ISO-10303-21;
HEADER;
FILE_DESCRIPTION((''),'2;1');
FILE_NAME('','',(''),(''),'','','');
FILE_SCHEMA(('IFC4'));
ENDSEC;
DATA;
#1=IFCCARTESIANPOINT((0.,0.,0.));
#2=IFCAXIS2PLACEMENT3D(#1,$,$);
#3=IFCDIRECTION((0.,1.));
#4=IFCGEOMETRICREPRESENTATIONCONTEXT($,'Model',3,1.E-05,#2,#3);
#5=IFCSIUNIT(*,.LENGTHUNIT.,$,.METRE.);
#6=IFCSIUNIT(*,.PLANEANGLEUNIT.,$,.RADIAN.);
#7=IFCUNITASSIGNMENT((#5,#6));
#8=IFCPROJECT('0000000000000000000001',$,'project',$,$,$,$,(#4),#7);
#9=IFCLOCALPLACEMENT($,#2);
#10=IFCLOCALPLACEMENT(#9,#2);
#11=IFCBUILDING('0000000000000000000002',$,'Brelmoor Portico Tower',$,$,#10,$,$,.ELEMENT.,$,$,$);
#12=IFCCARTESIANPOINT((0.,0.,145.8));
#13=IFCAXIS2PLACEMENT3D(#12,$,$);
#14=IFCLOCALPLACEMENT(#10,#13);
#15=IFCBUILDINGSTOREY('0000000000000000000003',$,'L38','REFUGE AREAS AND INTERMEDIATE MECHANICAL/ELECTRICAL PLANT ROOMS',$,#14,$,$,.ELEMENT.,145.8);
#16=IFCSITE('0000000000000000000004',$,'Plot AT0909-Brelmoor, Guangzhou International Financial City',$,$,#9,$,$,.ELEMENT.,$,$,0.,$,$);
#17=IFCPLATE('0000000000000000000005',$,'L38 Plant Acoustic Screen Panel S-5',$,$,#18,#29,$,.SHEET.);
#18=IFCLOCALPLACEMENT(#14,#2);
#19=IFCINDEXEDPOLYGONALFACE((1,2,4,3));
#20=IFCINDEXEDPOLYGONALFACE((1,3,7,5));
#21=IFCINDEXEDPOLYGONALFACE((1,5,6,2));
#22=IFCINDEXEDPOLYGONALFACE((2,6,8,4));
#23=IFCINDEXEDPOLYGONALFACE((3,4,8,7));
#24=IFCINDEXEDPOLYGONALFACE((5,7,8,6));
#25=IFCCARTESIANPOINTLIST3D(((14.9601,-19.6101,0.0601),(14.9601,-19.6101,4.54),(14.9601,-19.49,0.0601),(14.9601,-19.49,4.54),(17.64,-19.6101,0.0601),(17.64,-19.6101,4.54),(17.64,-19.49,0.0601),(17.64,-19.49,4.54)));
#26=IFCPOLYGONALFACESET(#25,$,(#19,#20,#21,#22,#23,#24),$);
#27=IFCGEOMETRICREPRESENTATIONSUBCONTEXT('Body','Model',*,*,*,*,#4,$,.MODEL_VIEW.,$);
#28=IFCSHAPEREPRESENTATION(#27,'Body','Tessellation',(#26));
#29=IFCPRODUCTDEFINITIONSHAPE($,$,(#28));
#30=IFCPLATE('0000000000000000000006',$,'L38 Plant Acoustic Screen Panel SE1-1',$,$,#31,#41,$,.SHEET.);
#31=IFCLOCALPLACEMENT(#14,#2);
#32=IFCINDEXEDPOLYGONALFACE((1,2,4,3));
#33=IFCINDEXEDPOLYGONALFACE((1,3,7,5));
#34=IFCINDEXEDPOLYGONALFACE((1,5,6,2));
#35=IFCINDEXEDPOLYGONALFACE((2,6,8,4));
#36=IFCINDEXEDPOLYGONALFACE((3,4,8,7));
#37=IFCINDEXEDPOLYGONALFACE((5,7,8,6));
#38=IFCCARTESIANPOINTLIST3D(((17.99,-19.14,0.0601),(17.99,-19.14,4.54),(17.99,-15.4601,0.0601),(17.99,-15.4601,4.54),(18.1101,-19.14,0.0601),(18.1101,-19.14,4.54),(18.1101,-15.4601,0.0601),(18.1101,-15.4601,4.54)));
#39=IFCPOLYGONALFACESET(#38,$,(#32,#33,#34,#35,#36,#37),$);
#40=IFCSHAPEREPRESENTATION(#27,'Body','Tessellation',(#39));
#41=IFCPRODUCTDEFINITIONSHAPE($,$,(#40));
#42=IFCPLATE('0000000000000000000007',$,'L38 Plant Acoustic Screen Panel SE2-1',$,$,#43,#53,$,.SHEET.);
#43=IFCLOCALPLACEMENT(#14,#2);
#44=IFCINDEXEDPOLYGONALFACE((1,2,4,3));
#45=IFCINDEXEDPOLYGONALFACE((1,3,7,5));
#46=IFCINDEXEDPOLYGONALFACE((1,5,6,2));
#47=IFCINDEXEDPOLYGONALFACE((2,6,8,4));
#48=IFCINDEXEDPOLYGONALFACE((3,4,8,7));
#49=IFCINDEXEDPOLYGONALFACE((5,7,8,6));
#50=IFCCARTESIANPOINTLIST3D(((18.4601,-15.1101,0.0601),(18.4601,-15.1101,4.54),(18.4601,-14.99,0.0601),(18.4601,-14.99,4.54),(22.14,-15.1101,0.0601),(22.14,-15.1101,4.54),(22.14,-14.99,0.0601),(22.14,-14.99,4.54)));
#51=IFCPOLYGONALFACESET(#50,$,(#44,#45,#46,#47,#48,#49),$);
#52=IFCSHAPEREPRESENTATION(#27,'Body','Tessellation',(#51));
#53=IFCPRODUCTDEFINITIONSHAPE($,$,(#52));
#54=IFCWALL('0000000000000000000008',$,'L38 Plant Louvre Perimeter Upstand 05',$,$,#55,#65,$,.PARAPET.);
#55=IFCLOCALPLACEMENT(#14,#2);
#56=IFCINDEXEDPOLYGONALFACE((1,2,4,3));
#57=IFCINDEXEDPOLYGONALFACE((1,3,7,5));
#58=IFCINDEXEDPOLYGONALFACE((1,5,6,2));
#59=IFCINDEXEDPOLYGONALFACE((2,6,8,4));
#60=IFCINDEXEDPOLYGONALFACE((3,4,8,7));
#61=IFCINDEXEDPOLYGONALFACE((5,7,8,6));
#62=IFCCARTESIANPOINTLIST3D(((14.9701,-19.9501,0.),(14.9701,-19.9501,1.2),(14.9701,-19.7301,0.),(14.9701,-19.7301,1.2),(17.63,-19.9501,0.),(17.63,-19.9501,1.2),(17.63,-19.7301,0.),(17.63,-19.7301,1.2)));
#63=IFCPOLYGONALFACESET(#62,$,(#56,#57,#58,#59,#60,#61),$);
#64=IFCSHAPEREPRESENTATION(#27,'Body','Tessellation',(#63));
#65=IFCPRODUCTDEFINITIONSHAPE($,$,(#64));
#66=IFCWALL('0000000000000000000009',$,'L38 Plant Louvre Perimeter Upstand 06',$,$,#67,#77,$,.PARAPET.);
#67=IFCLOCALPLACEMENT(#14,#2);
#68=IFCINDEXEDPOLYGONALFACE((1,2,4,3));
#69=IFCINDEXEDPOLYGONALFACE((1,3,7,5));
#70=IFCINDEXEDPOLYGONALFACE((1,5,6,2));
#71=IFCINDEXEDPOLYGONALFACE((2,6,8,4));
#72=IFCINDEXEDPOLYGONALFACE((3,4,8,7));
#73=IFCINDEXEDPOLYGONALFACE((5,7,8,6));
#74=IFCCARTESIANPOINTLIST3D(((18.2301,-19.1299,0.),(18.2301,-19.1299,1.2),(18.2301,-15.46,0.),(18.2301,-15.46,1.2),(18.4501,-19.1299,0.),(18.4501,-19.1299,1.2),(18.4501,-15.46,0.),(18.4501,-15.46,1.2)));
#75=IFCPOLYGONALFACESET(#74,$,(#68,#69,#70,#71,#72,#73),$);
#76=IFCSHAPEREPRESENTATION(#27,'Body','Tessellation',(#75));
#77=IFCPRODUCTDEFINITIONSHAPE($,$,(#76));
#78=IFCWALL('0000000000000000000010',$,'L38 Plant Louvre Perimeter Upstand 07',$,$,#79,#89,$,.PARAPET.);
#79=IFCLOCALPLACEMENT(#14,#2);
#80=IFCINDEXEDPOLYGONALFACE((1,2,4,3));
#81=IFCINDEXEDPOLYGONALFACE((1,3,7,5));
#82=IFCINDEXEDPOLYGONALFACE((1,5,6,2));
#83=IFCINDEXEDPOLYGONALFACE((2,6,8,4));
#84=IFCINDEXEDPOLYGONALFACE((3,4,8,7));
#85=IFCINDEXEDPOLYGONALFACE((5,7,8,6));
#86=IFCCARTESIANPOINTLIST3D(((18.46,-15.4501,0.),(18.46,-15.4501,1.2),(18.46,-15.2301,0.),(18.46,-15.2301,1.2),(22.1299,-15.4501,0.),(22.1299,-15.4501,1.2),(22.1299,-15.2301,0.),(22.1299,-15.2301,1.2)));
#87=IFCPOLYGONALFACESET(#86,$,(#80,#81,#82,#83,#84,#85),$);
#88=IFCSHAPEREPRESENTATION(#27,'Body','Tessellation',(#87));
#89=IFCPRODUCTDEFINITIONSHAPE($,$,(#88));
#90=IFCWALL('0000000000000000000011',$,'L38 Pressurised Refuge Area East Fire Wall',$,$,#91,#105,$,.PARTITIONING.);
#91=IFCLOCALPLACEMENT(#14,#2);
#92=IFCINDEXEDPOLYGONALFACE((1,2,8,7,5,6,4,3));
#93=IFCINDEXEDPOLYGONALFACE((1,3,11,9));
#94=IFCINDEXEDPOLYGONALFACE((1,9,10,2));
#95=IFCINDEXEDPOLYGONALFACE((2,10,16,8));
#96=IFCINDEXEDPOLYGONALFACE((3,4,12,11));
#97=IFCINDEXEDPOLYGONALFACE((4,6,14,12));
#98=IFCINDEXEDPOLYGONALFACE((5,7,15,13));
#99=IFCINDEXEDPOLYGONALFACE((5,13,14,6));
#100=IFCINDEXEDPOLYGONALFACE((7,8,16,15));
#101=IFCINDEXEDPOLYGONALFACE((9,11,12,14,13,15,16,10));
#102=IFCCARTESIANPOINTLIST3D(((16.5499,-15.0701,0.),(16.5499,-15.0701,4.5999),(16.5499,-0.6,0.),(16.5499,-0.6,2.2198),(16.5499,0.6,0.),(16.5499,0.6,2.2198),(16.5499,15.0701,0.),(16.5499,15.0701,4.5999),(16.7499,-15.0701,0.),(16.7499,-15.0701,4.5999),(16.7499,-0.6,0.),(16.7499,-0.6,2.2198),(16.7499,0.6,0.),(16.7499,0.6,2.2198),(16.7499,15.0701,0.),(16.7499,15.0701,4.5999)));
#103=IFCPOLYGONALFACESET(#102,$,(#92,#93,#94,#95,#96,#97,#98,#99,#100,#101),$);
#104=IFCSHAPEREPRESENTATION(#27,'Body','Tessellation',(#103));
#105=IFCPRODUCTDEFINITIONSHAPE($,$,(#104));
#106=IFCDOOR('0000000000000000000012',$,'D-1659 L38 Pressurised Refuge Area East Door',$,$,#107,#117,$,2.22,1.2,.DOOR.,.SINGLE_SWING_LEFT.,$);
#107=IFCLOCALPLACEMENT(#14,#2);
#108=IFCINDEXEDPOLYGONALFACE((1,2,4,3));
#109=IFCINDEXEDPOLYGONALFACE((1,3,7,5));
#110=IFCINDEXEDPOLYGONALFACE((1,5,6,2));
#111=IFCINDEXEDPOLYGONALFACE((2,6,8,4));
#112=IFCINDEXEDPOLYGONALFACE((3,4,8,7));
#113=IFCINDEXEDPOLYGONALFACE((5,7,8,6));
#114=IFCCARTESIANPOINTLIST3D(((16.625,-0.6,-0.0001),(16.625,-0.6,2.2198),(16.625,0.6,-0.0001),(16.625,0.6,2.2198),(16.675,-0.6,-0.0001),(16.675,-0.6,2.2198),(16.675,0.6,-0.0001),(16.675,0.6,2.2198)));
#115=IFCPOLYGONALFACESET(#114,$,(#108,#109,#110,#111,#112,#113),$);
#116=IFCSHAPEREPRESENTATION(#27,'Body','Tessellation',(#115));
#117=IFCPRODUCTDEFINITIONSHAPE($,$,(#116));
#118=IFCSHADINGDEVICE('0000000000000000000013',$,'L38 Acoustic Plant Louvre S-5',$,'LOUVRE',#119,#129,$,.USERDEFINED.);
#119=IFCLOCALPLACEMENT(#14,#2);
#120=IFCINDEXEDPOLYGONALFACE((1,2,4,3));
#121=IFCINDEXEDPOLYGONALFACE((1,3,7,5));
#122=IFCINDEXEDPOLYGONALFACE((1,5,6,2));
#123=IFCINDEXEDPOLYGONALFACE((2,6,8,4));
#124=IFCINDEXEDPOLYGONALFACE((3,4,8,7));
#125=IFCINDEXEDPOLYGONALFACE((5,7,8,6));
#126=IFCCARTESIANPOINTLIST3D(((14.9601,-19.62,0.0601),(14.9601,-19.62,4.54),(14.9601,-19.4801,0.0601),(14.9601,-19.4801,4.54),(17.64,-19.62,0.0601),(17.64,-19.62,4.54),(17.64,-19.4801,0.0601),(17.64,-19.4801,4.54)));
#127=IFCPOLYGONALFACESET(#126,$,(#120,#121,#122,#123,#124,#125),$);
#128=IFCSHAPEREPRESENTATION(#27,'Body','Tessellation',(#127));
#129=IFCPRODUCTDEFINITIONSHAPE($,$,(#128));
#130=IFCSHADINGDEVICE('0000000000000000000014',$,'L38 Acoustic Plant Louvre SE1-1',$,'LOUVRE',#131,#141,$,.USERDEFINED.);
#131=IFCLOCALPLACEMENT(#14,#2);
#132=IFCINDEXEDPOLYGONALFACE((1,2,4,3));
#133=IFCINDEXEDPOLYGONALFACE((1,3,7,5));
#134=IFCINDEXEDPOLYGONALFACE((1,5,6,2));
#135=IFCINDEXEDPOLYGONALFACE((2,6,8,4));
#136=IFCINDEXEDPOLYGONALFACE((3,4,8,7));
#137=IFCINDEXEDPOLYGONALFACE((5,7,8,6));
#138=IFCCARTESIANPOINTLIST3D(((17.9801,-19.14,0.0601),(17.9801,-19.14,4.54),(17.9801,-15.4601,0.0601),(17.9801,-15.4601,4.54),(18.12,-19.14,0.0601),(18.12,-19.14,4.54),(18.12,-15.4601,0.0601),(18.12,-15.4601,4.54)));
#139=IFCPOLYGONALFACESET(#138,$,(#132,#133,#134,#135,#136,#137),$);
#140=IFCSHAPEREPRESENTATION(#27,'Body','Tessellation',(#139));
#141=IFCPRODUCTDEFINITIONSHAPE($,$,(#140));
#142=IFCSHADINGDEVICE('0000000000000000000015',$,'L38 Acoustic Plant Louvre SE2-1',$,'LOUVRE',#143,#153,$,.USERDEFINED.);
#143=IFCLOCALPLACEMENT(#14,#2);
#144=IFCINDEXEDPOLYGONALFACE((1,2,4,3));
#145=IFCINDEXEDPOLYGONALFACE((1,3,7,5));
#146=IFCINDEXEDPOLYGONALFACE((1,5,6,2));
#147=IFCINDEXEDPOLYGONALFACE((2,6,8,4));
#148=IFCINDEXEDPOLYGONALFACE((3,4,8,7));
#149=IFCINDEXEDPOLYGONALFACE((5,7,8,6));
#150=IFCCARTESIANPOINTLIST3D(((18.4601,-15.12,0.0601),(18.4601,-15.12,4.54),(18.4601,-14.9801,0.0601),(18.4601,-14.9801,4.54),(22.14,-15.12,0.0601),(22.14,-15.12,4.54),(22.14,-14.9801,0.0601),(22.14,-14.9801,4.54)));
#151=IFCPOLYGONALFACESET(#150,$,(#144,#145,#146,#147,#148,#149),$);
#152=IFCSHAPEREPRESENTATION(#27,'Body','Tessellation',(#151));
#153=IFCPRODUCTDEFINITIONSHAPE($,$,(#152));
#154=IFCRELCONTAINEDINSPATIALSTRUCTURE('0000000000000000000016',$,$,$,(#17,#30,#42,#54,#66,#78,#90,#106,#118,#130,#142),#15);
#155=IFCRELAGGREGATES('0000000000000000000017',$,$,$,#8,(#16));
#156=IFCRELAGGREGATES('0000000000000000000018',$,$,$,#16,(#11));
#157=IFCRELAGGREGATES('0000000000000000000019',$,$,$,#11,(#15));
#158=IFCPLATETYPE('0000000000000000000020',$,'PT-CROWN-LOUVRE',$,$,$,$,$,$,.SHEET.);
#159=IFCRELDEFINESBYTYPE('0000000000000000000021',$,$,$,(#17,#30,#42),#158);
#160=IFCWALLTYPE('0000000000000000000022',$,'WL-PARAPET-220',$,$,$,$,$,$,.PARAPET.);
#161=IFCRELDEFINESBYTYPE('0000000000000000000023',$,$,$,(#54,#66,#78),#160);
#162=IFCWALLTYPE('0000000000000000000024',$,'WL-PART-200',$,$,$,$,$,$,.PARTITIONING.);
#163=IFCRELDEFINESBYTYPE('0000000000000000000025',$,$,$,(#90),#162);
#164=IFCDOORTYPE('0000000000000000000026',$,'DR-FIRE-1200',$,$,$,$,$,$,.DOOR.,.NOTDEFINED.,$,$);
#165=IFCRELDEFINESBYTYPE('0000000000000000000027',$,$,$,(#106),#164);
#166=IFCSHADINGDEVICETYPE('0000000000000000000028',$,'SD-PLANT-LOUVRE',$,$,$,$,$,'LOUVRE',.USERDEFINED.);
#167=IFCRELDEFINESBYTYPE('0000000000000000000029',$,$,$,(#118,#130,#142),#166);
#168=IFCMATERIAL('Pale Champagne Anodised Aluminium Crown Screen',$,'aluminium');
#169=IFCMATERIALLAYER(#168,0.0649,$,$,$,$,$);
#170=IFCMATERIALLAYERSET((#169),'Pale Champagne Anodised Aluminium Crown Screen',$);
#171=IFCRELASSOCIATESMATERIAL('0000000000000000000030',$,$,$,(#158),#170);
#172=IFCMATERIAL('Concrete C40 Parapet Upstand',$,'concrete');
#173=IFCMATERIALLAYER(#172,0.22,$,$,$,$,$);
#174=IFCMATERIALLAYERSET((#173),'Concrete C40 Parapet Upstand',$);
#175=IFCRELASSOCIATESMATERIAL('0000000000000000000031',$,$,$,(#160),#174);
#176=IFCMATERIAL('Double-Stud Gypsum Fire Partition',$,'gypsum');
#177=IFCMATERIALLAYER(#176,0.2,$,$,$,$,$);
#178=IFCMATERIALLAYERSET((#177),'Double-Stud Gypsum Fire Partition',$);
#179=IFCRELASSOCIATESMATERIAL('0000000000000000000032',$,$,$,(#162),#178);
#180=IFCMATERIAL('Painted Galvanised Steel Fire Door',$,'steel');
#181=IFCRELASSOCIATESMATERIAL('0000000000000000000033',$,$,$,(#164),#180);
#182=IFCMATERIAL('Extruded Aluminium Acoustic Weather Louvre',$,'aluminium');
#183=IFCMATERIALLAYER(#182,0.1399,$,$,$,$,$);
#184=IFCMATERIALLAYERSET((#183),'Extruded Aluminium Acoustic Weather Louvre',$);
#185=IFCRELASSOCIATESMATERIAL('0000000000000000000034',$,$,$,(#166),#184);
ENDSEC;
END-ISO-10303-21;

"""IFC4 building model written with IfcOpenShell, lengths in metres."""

from ifc_helpers import new_model, si_unit, direction, frame, frame_2d, origin, origin_2d, place, context, subcontext, project, spatial, rectangle, extrude, material, layer, layer_set, type_object, element, fill, save


model = new_model("IFC4")

# Units and contexts
model_context = context("Model", 3, precision=1e-05, world=origin(), true_north=direction((0.0, 1.0)))
body_context = subcontext(model_context, "Body", "Model", "MODEL_VIEW")
ifc_project = project(units=[si_unit("LENGTHUNIT", "METRE"), si_unit("PLANEANGLEUNIT", "RADIAN")], contexts=[model_context])

# Site, building, storey
site_placement = place(None, origin())
site = spatial("IfcSite", under=ifc_project, at=site_placement, Name="Plot AT0909-Brelmoor, Guangzhou International Financial City", CompositionType="ELEMENT", RefElevation=0.0)
building_placement = place(site_placement, origin())
building = spatial("IfcBuilding", under=site, at=building_placement, Name="Brelmoor Portico Tower", CompositionType="ELEMENT")
storey_placement = place(building_placement, frame((0.0, 0.0, 145.8)))
storey = spatial("IfcBuildingStorey", under=building, at=storey_placement, Name="L38", Description="REFUGE AREAS AND INTERMEDIATE MECHANICAL/ELECTRICAL PLANT ROOMS", CompositionType="ELEMENT", Elevation=145.8)

# Plates
ifc_material_1 = material(Name="Pale Champagne Anodised Aluminium Crown Screen", Category="aluminium")
ifc_layer_1 = layer(ifc_material_1, 0.0649)
ifc_layer_set_1 = layer_set([ifc_layer_1], Name="Pale Champagne Anodised Aluminium Crown Screen")
plate_type_1 = type_object("IfcPlateType", Name="PT-CROWN-LOUVRE", PredefinedType="SHEET", material=ifc_layer_set_1)
plate_placement = place(storey_placement, frame((16.3, -19.55, 0.0601), z_axis=(0.0, 0.0, 1.0), x_axis=(1.0, 0.0, 0.0)))
element("IfcPlate", 1, at=plate_placement, inside=storey, type_object=plate_type_1, Name="L38 Plant Acoustic Screen Panel S-5", PredefinedType="SHEET", context=body_context, shape_type="SweptSolid", body=[
    extrude(rectangle(XDim=2.6799, YDim=0.1201, at=origin_2d()), origin(), (0.0, 0.0, 1.0), 4.48),
])
for number, where, z_axis, x_axis, name in (
    (2, (18.05, -17.3, 0.0601), (0.0, 0.0, 1.0), (0.0, 1.0, 0.0), "L38 Plant Acoustic Screen Panel SE1-1"),
    (3, (20.3, -15.05, 0.0601), (0.0, 0.0, 1.0), (1.0, 0.0, 0.0), "L38 Plant Acoustic Screen Panel SE2-1"),
):
    element("IfcPlate", number, at=place(storey_placement, frame(where, z_axis=z_axis, x_axis=x_axis)), inside=storey, type_object=plate_type_1, Name=name, PredefinedType="SHEET", context=body_context, shape_type="SweptSolid", body=[
        extrude(rectangle(XDim=3.6799, YDim=0.1201, at=origin_2d()), origin(), (0.0, 0.0, 1.0), 4.48),
    ])

# Walls
ifc_material_2 = material(Name="Concrete C40 Parapet Upstand", Category="concrete")
ifc_layer_2 = layer(ifc_material_2, 0.22)
ifc_layer_set_2 = layer_set([ifc_layer_2], Name="Concrete C40 Parapet Upstand")
wall_type_1 = type_object("IfcWallType", Name="WL-PARAPET-220", PredefinedType="PARAPET", material=ifc_layer_set_2)
wall_1_placement = place(storey_placement, frame((14.97, -19.8401, 0.0), z_axis=(0.0, 0.0, 1.0), x_axis=(1.0, 0.0, 0.0)))
element("IfcWall", 4, at=wall_1_placement, inside=storey, type_object=wall_type_1, Name="L38 Plant Louvre Perimeter Upstand 05", PredefinedType="PARAPET", context=body_context, shape_type="SweptSolid", body=[
    extrude(rectangle(XDim=2.6599, YDim=0.22, at=frame_2d((1.3301, 0.0))), origin(), (0.0, 0.0, 1.0), 1.2),
])
for number, where, z_axis, x_axis, name in (
    (5, (18.3401, -19.1299, 0.0), (0.0, 0.0, 1.0), (0.0, 1.0, 0.0), "L38 Plant Louvre Perimeter Upstand 06"),
    (6, (18.46, -15.3401, 0.0), (0.0, 0.0, 1.0), (1.0, 0.0, 0.0), "L38 Plant Louvre Perimeter Upstand 07"),
):
    element("IfcWall", number, at=place(storey_placement, frame(where, z_axis=z_axis, x_axis=x_axis)), inside=storey, type_object=wall_type_1, Name=name, PredefinedType="PARAPET", context=body_context, shape_type="SweptSolid", body=[
        extrude(rectangle(XDim=3.6699, YDim=0.22, at=frame_2d((1.835, 0.0))), origin(), (0.0, 0.0, 1.0), 1.2),
    ])

# Wall, opening, door
ifc_material_3 = material(Name="Double-Stud Gypsum Fire Partition", Category="gypsum")
ifc_layer_3 = layer(ifc_material_3, 0.2)
ifc_layer_set_3 = layer_set([ifc_layer_3], Name="Double-Stud Gypsum Fire Partition")
wall_type_2 = type_object("IfcWallType", Name="WL-PART-200", PredefinedType="PARTITIONING", material=ifc_layer_set_3)
wall_2_placement = place(storey_placement, frame((16.6499, -15.0701, 0.0), z_axis=(0.0, 0.0, 1.0), x_axis=(0.0, 1.0, 0.0)))
wall_2 = element("IfcWall", 7, at=wall_2_placement, inside=storey, type_object=wall_type_2, Name="L38 Pressurised Refuge Area East Fire Wall", PredefinedType="PARTITIONING", context=body_context, shape_type="SweptSolid", body=[
    extrude(rectangle(XDim=30.1401, YDim=0.2, at=frame_2d((15.0701, 0.0))), origin(), (0.0, 0.0, 1.0), 4.5999),
])
opening_placement = place(wall_2_placement, frame((14.47, 0.0, 0.0)))
opening = element("IfcOpeningElement", 8, at=opening_placement, cuts=wall_2, PredefinedType="OPENING", context=body_context, shape_type="SweptSolid", body=[
    extrude(rectangle(XDim=1.2, YDim=2.22, at=frame_2d((0.6001, 1.1099))), frame((0.0, 0.1099, 0.0), z_axis=(0.0, -1.0, 0.0), x_axis=(1.0, 0.0, 0.0)), (0.0, 0.0, 1.0), 0.22),
])
ifc_material_4 = material(Name="Painted Galvanised Steel Fire Door", Category="steel")
door_type = type_object("IfcDoorType", Name="DR-FIRE-1200", OperationType="NOTDEFINED", PredefinedType="DOOR", material=ifc_material_4)
door_placement = place(opening_placement, origin())
door = element("IfcDoor", 9, at=door_placement, inside=storey, type_object=door_type, Name="D-1659 L38 Pressurised Refuge Area East Door", OperationType="SINGLE_SWING_LEFT", OverallHeight=2.22, OverallWidth=1.2, PredefinedType="DOOR", context=body_context, shape_type="SweptSolid", body=[
    extrude(rectangle(XDim=1.2, YDim=2.22, at=frame_2d((0.6001, 1.1099))), frame((0.0, 0.0249, 0.0), z_axis=(0.0, -1.0, 0.0), x_axis=(1.0, 0.0, 0.0)), (0.0, 0.0, 1.0), 0.05),
])
fill(opening, door)

# Shading devices
ifc_material_5 = material(Name="Extruded Aluminium Acoustic Weather Louvre", Category="aluminium")
ifc_layer_4 = layer(ifc_material_5, 0.1399)
ifc_layer_set_4 = layer_set([ifc_layer_4], Name="Extruded Aluminium Acoustic Weather Louvre")
shading_device_type = type_object("IfcShadingDeviceType", Name="SD-PLANT-LOUVRE", ElementType="LOUVRE", PredefinedType="USERDEFINED", material=ifc_layer_set_4)
shading_device_placement = place(storey_placement, frame((16.3, -19.55, 0.0601), z_axis=(0.0, 0.0, 1.0), x_axis=(1.0, 0.0, 0.0)))
element("IfcShadingDevice", 10, at=shading_device_placement, inside=storey, type_object=shading_device_type, Name="L38 Acoustic Plant Louvre S-5", ObjectType="LOUVRE", PredefinedType="USERDEFINED", context=body_context, shape_type="SweptSolid", body=[
    extrude(rectangle(XDim=2.6799, YDim=0.1399, at=origin_2d()), origin(), (0.0, 0.0, 1.0), 4.48),
])
for number, where, z_axis, x_axis, name in (
    (11, (18.05, -17.3, 0.0601), (0.0, 0.0, 1.0), (0.0, 1.0, 0.0), "L38 Acoustic Plant Louvre SE1-1"),
    (12, (20.3, -15.05, 0.0601), (0.0, 0.0, 1.0), (1.0, 0.0, 0.0), "L38 Acoustic Plant Louvre SE2-1"),
):
    element("IfcShadingDevice", number, at=place(storey_placement, frame(where, z_axis=z_axis, x_axis=x_axis)), inside=storey, type_object=shading_device_type, Name=name, ObjectType="LOUVRE", PredefinedType="USERDEFINED", context=body_context, shape_type="SweptSolid", body=[
        extrude(rectangle(XDim=3.6799, YDim=0.1399, at=origin_2d()), origin(), (0.0, 0.0, 1.0), 4.48),
    ])

save(model, "model.ifc")
